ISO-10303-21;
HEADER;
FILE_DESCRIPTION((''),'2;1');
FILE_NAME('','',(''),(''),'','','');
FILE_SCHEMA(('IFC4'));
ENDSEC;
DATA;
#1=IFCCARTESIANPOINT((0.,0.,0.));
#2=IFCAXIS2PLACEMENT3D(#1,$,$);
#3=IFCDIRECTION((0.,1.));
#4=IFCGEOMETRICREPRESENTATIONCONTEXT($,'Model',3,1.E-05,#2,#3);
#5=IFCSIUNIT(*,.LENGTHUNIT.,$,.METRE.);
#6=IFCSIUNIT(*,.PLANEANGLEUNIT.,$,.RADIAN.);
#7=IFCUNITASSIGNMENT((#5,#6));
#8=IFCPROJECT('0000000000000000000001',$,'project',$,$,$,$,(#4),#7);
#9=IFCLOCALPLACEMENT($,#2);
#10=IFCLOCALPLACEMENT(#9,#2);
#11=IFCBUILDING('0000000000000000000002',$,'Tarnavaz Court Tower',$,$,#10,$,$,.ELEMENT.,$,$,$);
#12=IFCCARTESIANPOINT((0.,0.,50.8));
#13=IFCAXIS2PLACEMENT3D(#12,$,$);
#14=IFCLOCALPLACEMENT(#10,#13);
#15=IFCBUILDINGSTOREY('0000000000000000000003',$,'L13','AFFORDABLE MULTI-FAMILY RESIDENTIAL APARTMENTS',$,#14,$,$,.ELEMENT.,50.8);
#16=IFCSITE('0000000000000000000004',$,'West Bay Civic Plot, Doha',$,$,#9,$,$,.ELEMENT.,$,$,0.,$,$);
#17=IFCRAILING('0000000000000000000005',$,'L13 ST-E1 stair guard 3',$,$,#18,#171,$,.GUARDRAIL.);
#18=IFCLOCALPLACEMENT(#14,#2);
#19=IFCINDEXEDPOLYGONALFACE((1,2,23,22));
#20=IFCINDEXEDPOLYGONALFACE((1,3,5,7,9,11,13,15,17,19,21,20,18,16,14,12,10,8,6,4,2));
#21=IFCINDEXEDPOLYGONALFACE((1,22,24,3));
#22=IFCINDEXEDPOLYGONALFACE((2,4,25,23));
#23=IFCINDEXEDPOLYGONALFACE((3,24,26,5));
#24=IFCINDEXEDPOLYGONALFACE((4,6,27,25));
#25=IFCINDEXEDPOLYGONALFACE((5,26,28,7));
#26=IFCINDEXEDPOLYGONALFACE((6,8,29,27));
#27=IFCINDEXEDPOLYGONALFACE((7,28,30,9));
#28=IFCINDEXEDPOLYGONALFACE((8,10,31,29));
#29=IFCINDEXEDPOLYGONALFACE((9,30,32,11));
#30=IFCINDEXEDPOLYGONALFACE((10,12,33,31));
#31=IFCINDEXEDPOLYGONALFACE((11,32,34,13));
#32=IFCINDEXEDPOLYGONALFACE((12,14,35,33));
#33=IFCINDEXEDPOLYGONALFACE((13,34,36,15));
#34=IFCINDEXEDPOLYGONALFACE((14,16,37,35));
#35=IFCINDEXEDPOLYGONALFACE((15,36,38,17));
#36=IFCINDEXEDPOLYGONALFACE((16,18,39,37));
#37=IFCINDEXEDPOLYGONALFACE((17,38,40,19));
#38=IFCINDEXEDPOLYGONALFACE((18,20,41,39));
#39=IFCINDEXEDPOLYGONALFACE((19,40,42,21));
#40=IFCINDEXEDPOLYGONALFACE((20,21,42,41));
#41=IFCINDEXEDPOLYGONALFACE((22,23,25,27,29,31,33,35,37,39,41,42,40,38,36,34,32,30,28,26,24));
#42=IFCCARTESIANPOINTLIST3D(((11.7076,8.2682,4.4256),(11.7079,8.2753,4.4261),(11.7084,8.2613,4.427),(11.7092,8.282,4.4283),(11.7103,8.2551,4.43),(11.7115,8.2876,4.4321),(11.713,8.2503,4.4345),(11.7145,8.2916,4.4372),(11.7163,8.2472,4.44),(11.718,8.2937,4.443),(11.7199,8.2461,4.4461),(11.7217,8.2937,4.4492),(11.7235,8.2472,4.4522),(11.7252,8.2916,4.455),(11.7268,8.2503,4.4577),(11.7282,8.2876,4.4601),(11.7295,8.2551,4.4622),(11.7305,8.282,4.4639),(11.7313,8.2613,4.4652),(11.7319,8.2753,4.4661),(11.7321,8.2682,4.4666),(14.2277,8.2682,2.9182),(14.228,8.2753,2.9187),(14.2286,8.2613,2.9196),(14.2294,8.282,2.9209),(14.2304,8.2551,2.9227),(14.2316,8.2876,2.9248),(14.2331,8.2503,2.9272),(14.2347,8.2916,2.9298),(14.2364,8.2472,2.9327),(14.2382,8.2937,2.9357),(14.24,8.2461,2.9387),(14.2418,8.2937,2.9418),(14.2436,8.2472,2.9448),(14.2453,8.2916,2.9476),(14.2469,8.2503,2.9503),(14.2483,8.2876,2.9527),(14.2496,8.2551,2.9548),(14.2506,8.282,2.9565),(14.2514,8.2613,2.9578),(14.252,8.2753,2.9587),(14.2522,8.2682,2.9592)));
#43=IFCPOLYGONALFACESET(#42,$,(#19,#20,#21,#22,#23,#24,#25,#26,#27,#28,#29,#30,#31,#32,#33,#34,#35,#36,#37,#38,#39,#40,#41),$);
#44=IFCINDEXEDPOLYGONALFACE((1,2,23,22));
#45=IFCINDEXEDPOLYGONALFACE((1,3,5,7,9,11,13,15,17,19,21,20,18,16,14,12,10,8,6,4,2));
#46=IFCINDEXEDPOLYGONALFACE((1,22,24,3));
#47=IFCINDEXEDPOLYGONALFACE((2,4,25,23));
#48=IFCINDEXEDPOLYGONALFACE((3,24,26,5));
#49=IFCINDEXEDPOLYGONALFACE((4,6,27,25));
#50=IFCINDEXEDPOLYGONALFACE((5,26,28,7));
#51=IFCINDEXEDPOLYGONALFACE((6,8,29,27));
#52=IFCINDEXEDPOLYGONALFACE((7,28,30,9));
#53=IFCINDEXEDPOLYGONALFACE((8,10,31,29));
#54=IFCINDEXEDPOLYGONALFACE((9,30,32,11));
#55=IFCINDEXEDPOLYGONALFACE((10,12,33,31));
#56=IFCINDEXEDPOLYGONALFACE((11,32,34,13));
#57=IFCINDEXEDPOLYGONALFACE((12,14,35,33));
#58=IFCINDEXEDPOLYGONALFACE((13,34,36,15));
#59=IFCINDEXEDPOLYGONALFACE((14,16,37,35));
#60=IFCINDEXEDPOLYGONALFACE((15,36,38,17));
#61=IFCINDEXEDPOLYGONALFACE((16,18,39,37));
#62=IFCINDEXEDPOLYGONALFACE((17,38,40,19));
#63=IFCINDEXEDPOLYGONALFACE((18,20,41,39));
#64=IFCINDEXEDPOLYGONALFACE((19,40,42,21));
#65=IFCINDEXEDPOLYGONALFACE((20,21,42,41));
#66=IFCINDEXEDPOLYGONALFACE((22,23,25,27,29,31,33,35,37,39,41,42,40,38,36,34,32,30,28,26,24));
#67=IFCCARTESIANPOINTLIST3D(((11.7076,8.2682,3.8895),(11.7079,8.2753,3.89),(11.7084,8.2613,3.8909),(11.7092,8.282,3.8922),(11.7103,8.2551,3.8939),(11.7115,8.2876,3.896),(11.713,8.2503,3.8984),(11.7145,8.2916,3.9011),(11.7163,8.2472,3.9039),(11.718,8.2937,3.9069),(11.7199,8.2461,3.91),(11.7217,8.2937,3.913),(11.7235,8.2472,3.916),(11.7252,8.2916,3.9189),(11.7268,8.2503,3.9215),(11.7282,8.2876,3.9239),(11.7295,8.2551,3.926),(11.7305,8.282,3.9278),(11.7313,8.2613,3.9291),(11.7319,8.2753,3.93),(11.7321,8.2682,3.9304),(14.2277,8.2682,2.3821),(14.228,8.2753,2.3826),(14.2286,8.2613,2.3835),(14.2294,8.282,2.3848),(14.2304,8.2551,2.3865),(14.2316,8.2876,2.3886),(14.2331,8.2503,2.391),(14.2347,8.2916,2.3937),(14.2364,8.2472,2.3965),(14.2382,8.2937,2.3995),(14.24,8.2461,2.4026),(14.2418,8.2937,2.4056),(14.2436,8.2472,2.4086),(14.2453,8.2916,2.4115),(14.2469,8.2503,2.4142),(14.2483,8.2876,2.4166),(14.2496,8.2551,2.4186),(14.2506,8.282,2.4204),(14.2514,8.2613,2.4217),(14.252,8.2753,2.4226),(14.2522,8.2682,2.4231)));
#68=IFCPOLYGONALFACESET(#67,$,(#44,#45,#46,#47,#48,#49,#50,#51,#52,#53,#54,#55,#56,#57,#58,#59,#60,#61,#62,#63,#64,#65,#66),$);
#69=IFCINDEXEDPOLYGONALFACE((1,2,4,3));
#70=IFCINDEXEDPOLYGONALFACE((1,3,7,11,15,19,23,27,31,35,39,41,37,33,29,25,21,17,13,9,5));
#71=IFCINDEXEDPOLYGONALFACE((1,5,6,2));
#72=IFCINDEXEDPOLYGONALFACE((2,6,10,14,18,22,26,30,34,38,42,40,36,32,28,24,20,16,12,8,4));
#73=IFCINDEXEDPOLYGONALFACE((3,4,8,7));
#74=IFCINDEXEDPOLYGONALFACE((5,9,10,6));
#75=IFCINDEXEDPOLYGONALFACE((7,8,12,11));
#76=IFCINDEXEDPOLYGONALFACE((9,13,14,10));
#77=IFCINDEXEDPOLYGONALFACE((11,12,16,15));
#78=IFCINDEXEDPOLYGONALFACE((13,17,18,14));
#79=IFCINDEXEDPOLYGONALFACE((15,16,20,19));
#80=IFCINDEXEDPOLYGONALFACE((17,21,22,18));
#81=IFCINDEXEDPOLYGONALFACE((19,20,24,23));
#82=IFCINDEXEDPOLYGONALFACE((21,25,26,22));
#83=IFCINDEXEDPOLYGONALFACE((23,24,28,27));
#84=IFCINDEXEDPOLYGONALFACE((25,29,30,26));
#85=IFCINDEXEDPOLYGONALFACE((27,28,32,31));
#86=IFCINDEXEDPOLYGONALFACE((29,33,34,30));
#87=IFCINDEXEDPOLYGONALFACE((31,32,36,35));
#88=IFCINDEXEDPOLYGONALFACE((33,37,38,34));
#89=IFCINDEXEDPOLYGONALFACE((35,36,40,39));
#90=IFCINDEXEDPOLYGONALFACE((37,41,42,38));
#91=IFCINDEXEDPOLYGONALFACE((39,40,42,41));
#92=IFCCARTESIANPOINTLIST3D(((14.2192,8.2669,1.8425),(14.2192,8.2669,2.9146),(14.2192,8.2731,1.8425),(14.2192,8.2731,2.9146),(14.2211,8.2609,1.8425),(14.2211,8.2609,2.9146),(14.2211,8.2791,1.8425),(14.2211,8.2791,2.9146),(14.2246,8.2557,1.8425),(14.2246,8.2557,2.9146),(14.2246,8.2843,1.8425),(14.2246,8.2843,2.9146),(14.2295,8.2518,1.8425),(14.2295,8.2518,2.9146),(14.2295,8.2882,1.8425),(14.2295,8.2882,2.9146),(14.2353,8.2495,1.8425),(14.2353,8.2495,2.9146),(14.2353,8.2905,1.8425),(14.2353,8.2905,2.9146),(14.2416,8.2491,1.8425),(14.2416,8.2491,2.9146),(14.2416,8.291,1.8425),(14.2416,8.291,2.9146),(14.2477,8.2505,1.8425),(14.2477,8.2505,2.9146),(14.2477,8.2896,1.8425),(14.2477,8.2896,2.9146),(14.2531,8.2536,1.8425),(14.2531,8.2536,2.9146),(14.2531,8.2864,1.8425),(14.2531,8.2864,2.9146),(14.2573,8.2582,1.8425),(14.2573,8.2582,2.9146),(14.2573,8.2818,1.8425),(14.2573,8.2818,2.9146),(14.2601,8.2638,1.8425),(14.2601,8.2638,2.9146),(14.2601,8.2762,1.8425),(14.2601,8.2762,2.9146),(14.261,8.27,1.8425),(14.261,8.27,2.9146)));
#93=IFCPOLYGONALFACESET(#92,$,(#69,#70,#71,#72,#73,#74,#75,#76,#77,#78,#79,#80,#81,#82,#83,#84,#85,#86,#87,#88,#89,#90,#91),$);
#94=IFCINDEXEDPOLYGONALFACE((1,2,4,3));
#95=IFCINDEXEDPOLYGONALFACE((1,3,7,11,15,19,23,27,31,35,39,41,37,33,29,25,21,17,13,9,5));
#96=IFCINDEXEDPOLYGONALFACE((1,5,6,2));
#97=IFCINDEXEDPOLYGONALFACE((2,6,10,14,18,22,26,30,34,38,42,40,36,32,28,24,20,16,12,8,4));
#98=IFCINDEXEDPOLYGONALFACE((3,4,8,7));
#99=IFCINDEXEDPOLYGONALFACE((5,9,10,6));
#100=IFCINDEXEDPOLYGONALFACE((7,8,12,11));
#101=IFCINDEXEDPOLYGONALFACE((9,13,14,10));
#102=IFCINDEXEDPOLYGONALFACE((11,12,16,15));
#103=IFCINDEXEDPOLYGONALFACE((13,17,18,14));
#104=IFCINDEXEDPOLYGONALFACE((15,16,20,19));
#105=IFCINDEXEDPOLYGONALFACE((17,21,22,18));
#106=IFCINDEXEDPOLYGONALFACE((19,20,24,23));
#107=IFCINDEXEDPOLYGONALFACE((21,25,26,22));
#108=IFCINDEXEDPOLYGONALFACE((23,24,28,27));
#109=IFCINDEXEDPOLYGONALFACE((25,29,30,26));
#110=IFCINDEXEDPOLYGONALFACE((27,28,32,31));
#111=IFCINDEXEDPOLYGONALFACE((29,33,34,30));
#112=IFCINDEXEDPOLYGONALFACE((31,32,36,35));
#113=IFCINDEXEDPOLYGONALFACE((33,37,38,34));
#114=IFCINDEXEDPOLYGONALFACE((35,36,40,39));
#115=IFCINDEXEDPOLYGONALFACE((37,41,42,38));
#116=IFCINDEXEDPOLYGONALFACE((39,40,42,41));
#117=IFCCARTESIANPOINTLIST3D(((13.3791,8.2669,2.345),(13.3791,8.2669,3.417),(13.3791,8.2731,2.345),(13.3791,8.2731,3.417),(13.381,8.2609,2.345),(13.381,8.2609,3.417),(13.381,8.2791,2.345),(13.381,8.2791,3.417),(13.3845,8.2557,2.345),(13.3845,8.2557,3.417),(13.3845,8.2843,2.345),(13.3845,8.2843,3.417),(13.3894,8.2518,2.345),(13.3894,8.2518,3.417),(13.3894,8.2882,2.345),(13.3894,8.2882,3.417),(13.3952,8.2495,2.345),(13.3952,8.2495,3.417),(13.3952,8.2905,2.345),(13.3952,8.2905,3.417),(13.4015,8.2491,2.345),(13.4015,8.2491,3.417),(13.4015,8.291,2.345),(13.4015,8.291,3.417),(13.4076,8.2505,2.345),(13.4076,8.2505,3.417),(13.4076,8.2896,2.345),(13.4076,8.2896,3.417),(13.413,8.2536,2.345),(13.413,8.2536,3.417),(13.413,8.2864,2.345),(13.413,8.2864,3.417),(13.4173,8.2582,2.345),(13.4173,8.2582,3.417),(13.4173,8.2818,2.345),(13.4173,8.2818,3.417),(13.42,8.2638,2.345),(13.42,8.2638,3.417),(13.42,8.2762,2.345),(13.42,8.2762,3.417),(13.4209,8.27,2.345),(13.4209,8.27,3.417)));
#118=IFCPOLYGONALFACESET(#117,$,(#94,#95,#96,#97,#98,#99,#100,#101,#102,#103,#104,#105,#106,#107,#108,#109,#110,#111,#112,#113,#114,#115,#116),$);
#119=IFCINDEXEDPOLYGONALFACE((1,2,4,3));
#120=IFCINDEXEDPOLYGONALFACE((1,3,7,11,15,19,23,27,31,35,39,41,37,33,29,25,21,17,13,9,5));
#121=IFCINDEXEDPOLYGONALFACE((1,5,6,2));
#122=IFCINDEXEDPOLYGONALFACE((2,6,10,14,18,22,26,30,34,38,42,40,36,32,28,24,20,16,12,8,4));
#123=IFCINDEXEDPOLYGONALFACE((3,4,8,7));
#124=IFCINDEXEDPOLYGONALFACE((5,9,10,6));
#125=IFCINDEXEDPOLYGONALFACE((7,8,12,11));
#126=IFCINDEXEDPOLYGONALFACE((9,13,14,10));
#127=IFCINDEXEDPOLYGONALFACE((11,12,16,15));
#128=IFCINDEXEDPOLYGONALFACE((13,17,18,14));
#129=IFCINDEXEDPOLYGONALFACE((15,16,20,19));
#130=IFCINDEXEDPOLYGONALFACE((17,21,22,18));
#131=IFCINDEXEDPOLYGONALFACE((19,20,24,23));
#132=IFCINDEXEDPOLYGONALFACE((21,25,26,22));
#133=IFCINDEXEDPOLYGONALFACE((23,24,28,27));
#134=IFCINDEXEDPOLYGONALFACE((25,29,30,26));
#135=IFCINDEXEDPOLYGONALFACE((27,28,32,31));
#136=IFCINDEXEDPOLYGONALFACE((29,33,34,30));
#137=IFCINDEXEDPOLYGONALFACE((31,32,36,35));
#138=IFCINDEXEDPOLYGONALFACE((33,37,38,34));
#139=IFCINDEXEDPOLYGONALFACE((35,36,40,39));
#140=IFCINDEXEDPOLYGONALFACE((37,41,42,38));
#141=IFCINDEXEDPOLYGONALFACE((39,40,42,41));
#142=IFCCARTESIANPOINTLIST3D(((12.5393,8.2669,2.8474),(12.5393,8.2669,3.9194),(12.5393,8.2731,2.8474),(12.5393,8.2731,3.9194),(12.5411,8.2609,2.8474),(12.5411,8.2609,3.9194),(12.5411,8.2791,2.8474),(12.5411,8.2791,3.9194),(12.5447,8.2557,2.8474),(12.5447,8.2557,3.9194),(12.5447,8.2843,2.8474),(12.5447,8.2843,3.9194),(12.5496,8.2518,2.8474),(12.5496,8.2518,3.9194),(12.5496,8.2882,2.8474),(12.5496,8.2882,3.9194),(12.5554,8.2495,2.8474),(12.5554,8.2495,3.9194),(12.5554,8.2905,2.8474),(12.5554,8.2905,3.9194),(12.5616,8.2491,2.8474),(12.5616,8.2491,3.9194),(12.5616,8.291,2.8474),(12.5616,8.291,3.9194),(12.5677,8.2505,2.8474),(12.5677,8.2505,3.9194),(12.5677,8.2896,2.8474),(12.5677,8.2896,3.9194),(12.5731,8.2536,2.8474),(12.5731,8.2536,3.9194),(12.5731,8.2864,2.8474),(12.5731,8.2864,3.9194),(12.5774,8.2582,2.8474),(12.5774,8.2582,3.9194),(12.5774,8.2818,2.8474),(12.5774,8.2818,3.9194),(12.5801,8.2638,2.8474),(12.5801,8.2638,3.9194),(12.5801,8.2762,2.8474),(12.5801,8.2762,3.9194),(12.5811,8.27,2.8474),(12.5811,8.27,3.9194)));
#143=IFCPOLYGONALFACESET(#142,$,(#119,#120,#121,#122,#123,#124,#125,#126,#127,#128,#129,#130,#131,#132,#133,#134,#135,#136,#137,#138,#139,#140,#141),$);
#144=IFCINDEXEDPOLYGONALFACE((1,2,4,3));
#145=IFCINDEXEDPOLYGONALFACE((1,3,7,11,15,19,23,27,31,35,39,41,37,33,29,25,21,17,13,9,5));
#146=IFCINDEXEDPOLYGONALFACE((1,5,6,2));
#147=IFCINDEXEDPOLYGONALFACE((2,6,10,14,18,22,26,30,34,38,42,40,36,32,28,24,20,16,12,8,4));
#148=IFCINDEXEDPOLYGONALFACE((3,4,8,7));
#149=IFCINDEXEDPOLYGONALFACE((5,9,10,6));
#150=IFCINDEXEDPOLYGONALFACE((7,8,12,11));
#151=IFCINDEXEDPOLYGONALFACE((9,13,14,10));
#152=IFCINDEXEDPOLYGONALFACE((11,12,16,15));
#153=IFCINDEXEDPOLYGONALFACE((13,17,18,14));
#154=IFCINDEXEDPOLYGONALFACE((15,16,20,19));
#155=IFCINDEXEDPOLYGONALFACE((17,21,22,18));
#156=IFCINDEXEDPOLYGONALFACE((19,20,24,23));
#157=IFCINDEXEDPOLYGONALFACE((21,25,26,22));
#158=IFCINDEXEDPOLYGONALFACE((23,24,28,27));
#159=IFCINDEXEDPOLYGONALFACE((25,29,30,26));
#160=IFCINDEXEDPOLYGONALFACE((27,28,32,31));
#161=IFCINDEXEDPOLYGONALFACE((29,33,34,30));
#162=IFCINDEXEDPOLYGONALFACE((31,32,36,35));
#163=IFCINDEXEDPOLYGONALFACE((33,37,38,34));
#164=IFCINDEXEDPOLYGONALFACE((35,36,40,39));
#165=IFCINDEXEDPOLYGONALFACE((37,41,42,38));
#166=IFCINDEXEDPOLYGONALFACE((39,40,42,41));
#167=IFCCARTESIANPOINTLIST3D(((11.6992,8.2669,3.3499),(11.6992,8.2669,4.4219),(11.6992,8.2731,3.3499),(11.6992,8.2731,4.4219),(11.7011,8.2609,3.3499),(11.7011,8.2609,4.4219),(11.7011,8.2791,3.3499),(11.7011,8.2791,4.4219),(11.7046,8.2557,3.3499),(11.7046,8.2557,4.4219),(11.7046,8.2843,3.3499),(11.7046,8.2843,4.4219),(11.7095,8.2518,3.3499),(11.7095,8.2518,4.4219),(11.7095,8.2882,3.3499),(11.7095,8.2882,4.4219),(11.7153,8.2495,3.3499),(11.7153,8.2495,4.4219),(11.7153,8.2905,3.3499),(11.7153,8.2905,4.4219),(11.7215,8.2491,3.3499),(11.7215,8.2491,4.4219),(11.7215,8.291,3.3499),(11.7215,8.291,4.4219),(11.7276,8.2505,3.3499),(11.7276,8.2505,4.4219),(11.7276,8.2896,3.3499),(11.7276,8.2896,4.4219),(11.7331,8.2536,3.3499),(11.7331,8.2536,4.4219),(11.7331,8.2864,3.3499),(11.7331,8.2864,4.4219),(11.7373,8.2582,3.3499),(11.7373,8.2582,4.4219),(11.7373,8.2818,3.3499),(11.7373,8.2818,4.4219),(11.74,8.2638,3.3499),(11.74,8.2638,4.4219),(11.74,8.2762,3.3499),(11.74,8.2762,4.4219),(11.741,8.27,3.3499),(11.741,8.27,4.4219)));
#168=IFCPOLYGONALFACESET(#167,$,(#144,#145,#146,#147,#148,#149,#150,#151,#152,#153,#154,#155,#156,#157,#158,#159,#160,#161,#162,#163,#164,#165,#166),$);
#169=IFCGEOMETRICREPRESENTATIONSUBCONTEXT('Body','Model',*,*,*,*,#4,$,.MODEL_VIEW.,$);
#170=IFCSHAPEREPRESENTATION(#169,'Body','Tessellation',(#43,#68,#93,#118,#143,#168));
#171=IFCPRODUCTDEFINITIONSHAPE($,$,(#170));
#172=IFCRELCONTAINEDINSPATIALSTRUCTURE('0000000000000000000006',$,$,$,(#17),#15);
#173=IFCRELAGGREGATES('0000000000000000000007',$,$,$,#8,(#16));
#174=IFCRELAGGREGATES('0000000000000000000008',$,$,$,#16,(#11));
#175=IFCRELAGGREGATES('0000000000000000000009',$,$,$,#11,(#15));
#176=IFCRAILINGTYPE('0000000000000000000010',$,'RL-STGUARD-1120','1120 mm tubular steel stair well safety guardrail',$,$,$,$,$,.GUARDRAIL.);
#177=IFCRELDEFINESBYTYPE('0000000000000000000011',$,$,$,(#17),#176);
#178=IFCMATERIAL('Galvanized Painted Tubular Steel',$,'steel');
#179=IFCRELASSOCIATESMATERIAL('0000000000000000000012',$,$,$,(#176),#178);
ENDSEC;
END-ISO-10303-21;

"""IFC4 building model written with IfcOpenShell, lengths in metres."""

from ifc_helpers import new_model, si_unit, direction, frame, origin, origin_2d, place, context, subcontext, project, spatial, circle, extrude, material, type_object, element, save


model = new_model("IFC4")

# Units and contexts
model_context = context("Model", 3, precision=1e-05, world=origin(), true_north=direction((0.0, 1.0)))
body_context = subcontext(model_context, "Body", "Model", "MODEL_VIEW")
ifc_project = project(units=[si_unit("LENGTHUNIT", "METRE"), si_unit("PLANEANGLEUNIT", "RADIAN")], contexts=[model_context])

# Site, building, storey
site_placement = place(None, origin())
site = spatial("IfcSite", under=ifc_project, at=site_placement, Name="West Bay Civic Plot, Doha", CompositionType="ELEMENT", RefElevation=0.0)
building_placement = place(site_placement, origin())
building = spatial("IfcBuilding", under=site, at=building_placement, Name="Tarnavaz Court Tower", CompositionType="ELEMENT")
storey_placement = place(building_placement, frame((0.0, 0.0, 50.8)))
storey = spatial("IfcBuildingStorey", under=building, at=storey_placement, Name="L13", Description="AFFORDABLE MULTI-FAMILY RESIDENTIAL APARTMENTS", CompositionType="ELEMENT", Elevation=50.8)

# Railing
ifc_material_1 = material(Name="Galvanized Painted Tubular Steel", Category="steel")
railing_type_1 = type_object("IfcRailingType", Name="RL-STGUARD-1120", Description="1120 mm tubular steel stair well safety guardrail", PredefinedType="GUARDRAIL", material=ifc_material_1)
railing_1_placement = place(storey_placement, frame((14.24, 8.27, 1.8425)))
element("IfcRailing", 1, at=railing_1_placement, inside=storey, type_object=railing_type_1, Name="L13 ST-E1 stair guard 3", PredefinedType="GUARDRAIL", context=body_context, shape_type="SweptSolid", body=[
    extrude(circle(Radius=0.0239, at=origin_2d()), frame((0.0, 0.0, 1.0962), z_axis=(-0.858196, 0.0, 0.513321), x_axis=(0.0, -1.0, 0.0)), (0.0, 0.0, 1.0), 2.9365),
    extrude(circle(Radius=0.0239, at=origin_2d()), frame((0.0, 0.0, 0.5601), z_axis=(-0.858196, 0.0, 0.513321), x_axis=(0.0, -1.0, 0.0)), (0.0, 0.0, 1.0), 2.9365),
    extrude(circle(Radius=0.021, at=origin_2d()), origin(), (0.0, 0.0, 1.0), 1.072),
    extrude(circle(Radius=0.021, at=origin_2d()), frame((-0.8401, 0.0, 0.5024)), (0.0, 0.0, 1.0), 1.072),
    extrude(circle(Radius=0.021, at=origin_2d()), frame((-1.6799, 0.0, 1.0049)), (0.0, 0.0, 1.0), 1.072),
    extrude(circle(Radius=0.021, at=origin_2d()), frame((-2.52, 0.0, 1.5073)), (0.0, 0.0, 1.0), 1.072),
])

save(model, "model.ifc")
